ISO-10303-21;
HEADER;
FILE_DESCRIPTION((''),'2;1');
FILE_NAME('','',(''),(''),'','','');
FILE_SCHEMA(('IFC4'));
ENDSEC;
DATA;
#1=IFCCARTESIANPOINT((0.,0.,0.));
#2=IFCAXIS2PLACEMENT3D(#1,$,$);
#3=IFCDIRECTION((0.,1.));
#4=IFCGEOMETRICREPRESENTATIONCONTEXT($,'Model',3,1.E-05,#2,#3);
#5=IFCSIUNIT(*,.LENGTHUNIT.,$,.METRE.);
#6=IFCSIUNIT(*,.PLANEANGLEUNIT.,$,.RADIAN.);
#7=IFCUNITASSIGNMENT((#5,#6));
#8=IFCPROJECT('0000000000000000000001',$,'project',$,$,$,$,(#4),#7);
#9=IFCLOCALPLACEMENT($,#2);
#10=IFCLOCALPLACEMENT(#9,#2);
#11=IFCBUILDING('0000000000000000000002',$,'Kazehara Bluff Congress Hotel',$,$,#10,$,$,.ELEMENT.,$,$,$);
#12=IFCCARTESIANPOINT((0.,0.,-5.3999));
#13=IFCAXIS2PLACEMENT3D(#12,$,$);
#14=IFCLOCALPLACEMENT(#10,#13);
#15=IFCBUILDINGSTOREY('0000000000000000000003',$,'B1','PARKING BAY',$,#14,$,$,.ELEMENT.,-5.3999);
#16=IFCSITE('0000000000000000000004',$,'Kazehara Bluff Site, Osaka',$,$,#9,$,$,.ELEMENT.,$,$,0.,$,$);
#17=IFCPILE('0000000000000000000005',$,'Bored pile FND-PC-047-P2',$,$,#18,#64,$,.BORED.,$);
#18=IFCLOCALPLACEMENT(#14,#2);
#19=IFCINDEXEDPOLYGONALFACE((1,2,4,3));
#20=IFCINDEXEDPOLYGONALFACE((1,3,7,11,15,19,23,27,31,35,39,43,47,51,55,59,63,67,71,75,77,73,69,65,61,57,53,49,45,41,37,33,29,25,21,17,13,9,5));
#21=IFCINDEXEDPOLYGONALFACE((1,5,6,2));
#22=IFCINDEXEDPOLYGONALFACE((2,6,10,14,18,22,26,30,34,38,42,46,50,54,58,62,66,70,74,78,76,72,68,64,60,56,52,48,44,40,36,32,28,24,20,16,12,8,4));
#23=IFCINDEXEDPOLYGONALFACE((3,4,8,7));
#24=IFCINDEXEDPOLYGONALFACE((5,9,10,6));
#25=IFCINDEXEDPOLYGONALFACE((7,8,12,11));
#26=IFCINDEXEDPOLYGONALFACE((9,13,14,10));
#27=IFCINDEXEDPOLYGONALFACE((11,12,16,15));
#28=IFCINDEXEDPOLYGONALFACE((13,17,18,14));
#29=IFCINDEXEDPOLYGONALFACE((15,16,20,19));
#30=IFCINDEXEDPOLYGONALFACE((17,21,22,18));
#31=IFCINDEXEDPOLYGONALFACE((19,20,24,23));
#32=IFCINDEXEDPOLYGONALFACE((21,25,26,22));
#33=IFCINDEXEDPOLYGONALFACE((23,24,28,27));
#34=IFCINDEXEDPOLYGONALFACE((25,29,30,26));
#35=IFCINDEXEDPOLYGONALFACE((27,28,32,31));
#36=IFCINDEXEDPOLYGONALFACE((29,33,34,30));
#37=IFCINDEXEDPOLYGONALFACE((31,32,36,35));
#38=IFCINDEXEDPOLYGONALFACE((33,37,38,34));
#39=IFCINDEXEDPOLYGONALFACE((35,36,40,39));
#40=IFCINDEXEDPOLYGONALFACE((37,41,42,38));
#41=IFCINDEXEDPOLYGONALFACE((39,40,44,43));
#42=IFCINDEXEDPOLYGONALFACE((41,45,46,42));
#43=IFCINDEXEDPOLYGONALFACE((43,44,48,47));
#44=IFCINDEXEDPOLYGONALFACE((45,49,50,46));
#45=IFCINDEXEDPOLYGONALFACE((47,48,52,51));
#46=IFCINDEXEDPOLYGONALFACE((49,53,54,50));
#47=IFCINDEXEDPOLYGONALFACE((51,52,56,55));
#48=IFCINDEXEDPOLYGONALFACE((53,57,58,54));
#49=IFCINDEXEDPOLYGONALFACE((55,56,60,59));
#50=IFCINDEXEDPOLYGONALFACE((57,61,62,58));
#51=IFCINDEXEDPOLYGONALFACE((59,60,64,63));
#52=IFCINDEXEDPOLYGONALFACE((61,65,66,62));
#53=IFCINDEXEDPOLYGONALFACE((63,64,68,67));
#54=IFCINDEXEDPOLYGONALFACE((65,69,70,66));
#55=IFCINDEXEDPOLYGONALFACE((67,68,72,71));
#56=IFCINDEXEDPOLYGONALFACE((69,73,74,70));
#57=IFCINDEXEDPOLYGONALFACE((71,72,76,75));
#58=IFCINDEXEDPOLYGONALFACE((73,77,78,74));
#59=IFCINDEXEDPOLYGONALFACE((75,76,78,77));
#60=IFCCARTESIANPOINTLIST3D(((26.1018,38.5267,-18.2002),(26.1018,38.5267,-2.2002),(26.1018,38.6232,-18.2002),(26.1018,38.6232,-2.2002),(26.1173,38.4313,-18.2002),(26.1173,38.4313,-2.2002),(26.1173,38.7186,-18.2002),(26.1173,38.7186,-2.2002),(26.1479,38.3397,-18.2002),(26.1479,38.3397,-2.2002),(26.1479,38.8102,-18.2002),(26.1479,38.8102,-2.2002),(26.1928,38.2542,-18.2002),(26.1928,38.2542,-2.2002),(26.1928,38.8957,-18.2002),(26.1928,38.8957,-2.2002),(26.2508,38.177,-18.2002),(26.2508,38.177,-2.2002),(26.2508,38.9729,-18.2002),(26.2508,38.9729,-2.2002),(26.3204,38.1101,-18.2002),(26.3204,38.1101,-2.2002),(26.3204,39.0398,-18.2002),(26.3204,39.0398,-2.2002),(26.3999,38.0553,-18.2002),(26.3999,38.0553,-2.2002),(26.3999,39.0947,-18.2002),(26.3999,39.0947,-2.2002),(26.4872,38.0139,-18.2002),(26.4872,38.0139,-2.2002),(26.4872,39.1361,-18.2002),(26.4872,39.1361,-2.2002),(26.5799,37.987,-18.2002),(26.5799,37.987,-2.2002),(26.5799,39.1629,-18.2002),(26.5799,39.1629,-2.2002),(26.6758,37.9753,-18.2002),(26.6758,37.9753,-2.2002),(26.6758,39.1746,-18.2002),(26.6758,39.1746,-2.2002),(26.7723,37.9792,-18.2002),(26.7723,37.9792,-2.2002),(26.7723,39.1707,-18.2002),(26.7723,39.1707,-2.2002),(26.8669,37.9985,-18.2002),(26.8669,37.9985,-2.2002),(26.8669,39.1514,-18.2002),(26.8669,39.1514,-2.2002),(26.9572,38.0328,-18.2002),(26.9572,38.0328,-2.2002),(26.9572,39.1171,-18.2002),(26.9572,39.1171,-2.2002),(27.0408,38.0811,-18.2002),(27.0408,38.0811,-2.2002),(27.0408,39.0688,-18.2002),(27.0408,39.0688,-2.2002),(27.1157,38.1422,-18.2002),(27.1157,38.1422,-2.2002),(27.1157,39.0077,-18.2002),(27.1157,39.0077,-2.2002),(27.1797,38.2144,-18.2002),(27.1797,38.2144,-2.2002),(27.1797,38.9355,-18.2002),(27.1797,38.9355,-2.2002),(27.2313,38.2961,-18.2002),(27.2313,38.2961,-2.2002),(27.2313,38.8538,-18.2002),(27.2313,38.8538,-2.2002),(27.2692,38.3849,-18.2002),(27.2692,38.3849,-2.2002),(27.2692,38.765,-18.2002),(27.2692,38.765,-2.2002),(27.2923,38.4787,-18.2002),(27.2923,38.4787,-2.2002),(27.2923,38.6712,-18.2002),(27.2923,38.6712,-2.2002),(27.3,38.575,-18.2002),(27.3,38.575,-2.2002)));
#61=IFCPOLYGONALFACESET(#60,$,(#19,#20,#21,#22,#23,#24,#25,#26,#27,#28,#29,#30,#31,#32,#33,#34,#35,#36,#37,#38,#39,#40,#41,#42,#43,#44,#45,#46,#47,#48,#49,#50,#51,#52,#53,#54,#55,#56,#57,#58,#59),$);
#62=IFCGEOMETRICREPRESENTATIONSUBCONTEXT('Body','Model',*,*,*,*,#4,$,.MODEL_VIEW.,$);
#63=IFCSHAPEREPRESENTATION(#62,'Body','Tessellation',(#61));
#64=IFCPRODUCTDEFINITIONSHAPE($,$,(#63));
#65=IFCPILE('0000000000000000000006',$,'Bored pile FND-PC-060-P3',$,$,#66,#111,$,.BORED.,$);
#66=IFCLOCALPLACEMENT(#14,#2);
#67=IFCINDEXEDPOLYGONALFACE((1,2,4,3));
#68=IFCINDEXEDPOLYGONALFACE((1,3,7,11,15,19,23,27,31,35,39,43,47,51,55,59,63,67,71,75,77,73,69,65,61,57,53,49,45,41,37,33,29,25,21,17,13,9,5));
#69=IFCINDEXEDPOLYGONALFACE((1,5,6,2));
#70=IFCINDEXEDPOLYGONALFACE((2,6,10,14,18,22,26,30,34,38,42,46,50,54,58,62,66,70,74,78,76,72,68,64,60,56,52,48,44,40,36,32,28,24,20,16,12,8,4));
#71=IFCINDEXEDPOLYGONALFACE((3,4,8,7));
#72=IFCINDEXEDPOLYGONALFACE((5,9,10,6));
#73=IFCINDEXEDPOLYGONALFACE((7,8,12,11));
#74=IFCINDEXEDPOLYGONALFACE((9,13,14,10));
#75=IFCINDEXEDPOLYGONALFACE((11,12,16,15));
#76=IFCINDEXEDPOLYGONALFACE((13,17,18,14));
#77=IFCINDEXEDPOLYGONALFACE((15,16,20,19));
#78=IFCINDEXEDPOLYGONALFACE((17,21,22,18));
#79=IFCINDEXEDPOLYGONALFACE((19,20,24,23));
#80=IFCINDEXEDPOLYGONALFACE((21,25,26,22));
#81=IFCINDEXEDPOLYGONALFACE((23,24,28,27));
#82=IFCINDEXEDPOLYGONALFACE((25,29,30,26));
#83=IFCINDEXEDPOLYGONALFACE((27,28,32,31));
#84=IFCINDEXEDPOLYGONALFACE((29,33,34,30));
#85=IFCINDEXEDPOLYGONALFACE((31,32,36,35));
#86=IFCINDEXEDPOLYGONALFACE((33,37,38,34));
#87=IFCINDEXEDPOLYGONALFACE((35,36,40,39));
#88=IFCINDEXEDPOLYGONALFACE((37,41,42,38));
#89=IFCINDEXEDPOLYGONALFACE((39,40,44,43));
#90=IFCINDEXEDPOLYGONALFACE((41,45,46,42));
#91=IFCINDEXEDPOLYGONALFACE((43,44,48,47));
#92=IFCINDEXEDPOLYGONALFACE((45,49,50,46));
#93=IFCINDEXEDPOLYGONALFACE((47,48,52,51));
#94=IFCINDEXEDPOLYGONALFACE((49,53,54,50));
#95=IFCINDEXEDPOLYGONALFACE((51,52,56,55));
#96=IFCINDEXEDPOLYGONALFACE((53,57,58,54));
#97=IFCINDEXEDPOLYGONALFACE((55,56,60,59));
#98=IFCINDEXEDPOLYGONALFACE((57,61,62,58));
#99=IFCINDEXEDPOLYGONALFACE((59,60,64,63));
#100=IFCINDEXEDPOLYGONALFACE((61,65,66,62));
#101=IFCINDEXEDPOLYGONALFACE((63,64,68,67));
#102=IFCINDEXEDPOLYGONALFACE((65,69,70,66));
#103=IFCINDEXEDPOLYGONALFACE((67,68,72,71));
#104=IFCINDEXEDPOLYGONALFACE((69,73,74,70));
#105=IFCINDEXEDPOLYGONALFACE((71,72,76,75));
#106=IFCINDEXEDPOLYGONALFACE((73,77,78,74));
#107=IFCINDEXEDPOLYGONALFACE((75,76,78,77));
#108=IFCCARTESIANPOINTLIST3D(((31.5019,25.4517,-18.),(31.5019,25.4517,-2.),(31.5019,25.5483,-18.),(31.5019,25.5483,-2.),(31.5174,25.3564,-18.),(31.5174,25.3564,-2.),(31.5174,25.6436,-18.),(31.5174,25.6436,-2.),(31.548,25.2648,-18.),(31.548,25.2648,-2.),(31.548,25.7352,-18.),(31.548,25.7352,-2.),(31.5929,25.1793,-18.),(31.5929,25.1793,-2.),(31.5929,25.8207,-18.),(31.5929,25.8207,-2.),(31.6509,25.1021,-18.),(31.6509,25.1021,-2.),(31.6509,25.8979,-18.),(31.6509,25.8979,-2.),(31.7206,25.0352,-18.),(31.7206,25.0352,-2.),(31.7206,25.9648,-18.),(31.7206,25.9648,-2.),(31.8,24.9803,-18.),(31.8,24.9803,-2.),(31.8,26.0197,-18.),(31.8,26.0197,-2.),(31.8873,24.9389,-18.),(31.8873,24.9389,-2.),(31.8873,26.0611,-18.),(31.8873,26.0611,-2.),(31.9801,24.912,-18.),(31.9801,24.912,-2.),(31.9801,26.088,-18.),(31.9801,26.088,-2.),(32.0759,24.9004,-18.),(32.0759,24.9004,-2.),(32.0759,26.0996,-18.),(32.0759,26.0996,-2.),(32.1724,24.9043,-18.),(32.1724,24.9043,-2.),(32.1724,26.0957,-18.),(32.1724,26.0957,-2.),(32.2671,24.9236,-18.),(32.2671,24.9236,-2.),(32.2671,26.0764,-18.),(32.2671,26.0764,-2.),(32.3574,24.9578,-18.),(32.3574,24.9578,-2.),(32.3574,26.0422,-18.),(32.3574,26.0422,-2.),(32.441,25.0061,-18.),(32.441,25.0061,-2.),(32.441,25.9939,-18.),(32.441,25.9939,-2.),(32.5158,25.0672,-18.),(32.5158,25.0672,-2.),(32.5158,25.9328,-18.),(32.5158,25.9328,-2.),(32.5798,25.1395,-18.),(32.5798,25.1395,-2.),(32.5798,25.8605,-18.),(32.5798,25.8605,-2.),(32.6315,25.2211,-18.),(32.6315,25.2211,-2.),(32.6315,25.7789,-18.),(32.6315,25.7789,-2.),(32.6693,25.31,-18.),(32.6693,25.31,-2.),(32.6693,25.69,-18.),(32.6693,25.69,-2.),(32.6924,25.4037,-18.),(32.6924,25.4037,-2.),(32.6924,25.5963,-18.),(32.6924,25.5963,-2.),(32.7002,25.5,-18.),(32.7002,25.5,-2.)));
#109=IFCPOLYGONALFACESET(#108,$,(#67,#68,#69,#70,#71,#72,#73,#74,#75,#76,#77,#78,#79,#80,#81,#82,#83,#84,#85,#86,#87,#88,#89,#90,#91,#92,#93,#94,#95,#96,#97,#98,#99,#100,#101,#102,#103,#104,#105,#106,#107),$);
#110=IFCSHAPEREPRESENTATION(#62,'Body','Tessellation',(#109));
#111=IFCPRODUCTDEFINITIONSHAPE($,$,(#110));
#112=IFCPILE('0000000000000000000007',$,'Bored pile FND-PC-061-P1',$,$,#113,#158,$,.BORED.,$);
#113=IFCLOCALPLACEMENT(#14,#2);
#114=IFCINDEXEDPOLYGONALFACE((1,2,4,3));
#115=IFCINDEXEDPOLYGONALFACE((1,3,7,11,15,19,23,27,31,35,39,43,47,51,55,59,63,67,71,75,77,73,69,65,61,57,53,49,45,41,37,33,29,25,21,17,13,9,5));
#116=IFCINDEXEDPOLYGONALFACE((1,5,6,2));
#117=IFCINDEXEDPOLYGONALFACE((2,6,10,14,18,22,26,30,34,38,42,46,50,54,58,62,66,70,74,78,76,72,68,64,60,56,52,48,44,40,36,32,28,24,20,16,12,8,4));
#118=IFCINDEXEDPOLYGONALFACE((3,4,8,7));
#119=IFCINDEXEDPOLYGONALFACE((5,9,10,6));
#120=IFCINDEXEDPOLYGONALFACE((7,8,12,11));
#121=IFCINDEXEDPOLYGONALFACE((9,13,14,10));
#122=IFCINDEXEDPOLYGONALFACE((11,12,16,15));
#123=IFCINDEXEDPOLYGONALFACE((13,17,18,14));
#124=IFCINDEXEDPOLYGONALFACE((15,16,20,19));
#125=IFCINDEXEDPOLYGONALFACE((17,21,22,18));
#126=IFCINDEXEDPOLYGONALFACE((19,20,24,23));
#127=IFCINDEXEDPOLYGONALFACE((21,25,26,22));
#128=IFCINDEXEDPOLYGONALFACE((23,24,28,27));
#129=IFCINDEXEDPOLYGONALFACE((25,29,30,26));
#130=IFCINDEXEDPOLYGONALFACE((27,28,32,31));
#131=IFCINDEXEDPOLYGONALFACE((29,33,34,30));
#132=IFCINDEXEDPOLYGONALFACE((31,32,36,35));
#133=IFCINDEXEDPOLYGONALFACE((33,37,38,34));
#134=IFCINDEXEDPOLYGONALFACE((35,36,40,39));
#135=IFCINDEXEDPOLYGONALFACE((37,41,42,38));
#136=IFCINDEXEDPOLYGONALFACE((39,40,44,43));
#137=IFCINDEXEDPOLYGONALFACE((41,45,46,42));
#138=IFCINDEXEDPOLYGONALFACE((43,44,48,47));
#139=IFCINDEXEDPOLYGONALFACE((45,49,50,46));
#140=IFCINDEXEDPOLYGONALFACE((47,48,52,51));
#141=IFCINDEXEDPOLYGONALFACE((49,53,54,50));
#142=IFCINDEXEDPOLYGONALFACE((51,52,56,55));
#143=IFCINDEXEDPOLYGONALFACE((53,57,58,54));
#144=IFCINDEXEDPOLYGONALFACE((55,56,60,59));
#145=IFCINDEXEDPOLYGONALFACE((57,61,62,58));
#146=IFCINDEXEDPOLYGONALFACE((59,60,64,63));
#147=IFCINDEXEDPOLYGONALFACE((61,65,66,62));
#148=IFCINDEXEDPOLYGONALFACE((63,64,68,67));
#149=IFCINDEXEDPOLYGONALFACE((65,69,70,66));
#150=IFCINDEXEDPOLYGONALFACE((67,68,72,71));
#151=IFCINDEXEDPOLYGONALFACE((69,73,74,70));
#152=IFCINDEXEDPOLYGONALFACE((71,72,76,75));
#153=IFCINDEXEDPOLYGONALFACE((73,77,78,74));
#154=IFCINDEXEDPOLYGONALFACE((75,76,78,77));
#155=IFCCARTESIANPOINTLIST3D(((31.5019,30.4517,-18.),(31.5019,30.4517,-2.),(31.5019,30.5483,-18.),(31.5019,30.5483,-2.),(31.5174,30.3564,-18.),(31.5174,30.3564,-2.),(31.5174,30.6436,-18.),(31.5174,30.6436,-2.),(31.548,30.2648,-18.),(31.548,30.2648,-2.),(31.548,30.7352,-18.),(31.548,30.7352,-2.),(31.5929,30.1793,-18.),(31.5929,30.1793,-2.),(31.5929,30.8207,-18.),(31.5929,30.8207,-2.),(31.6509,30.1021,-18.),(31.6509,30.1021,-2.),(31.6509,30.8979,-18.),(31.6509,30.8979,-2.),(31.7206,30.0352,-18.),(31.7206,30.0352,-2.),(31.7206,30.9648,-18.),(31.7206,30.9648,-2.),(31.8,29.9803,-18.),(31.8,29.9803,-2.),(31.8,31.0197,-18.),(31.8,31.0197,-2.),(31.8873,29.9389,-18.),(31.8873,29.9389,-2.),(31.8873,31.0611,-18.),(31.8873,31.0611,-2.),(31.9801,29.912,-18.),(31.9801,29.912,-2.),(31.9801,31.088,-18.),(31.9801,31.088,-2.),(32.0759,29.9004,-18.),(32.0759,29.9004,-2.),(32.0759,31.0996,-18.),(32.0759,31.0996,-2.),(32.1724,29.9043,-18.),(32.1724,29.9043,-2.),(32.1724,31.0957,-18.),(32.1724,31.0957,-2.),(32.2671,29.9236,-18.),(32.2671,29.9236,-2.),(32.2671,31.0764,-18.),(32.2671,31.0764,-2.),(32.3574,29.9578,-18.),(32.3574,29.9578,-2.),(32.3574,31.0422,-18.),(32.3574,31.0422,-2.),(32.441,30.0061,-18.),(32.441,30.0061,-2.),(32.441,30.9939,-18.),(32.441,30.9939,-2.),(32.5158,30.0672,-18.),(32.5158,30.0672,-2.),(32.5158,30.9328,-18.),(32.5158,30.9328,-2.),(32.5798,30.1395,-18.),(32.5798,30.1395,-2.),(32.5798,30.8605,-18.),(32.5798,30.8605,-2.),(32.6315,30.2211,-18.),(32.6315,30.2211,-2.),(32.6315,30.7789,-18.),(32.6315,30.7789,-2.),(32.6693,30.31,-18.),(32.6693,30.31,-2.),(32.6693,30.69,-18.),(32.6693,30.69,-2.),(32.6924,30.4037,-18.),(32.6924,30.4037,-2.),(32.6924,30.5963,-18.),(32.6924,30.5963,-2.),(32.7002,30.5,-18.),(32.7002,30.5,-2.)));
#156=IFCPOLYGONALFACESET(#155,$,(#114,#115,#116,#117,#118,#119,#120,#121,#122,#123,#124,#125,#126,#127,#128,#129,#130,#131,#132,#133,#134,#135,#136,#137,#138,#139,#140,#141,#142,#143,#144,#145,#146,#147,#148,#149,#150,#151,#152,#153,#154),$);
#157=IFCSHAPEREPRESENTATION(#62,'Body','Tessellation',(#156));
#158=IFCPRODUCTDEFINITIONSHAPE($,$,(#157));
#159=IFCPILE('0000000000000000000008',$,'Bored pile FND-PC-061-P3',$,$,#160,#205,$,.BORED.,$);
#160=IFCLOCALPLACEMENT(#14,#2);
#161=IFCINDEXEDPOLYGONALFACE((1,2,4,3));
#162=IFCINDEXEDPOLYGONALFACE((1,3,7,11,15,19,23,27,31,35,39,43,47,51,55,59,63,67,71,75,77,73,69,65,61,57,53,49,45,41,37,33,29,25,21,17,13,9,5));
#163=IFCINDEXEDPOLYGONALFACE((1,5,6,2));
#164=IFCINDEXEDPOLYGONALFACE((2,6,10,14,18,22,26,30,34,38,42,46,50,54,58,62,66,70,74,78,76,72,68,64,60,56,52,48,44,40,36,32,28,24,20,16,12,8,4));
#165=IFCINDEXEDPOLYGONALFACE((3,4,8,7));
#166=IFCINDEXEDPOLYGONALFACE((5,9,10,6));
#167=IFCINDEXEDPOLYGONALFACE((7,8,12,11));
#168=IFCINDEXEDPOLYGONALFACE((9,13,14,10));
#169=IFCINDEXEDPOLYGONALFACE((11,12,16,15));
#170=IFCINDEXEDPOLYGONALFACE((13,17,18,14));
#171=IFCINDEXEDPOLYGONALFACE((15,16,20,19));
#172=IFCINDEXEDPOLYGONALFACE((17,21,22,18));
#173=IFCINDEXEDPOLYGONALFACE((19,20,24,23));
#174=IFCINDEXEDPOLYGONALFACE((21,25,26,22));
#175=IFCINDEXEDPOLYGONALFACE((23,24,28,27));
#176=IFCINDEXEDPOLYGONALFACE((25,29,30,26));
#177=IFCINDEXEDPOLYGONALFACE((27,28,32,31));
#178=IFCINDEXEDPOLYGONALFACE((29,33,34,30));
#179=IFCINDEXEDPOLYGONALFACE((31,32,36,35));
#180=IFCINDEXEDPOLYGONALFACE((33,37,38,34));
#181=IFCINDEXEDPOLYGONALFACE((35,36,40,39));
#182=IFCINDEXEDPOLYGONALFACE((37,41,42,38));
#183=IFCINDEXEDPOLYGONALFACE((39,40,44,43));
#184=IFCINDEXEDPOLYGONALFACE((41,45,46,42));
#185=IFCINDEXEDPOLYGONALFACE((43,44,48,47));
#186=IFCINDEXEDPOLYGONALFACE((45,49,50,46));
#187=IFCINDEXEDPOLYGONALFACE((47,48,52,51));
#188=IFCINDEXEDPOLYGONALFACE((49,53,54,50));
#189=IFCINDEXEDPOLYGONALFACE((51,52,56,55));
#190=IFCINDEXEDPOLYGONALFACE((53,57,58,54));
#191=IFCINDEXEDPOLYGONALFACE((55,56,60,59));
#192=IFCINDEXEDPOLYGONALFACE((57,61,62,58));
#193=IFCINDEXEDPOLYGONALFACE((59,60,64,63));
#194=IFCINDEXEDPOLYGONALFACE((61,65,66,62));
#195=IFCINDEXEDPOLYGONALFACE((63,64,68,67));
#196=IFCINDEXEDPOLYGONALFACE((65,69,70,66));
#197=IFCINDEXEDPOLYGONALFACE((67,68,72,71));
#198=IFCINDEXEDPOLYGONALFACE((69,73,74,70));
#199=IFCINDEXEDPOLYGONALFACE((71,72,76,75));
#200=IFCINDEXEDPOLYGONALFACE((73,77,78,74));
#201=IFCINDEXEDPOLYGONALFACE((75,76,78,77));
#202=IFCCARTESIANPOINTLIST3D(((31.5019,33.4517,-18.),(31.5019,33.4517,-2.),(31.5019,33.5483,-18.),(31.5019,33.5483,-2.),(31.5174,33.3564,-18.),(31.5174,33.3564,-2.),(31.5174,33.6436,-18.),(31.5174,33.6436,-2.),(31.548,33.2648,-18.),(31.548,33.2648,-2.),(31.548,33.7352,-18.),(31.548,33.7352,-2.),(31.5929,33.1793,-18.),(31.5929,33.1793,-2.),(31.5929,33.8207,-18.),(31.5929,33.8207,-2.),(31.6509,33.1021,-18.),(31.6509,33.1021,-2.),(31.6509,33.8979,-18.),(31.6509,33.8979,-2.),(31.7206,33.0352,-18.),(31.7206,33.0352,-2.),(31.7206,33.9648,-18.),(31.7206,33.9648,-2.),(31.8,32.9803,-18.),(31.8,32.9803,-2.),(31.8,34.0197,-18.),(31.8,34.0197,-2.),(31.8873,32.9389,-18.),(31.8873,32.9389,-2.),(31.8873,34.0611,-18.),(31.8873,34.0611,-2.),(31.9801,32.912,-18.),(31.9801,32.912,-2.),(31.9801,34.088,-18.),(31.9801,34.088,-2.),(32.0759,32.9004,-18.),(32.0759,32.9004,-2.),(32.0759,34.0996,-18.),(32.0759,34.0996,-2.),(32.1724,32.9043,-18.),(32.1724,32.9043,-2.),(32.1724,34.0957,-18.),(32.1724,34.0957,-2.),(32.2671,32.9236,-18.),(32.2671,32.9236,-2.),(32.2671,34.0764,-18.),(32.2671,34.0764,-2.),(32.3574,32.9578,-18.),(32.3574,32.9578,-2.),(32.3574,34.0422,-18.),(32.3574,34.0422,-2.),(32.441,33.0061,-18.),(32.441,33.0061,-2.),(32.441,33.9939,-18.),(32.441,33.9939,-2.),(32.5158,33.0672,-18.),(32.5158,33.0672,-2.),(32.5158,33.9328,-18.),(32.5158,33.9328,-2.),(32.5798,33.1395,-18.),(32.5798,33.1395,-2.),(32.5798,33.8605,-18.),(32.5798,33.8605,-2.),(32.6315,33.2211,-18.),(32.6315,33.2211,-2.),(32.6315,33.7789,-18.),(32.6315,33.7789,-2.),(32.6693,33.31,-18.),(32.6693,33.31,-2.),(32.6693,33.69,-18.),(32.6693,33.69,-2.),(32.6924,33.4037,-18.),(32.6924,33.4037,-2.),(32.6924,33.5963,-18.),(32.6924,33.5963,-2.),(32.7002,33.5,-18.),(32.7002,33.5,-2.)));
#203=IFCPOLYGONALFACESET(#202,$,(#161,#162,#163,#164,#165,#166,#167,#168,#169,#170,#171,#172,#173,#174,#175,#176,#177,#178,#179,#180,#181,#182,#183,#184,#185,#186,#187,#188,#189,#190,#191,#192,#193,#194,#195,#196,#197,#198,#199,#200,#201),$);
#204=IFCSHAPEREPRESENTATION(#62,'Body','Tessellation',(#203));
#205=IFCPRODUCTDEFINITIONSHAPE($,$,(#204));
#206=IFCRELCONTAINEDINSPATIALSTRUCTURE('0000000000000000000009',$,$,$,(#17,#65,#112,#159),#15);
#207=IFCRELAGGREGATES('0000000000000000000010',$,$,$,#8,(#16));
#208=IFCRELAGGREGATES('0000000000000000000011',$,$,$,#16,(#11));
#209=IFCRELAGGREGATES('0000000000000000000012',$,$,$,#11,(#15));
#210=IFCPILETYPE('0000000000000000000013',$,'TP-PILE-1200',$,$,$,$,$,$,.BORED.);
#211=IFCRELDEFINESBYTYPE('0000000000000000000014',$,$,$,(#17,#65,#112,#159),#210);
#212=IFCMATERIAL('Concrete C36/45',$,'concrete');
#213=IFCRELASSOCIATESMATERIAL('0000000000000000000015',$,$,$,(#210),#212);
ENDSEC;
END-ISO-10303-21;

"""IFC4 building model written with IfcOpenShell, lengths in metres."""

from ifc_helpers import new_model, si_unit, direction, frame, origin, origin_2d, place, context, subcontext, project, spatial, circle, extrude, material, material_profile, profile_set, type_object, element, save


model = new_model("IFC4")

# Units and contexts
model_context = context("Model", 3, precision=1e-05, world=origin(), true_north=direction((0.0, 1.0)))
body_context = subcontext(model_context, "Body", "Model", "MODEL_VIEW")
ifc_project = project(units=[si_unit("LENGTHUNIT", "METRE"), si_unit("PLANEANGLEUNIT", "RADIAN")], contexts=[model_context])

# Site, building, storey
site_placement = place(None, origin())
site = spatial("IfcSite", under=ifc_project, at=site_placement, Name="Kazehara Bluff Site, Osaka", CompositionType="ELEMENT", RefElevation=0.0)
building_placement = place(site_placement, origin())
building = spatial("IfcBuilding", under=site, at=building_placement, Name="Kazehara Bluff Congress Hotel", CompositionType="ELEMENT")
storey_placement = place(building_placement, frame((0.0, 0.0, -5.3999)))
storey = spatial("IfcBuildingStorey", under=building, at=storey_placement, Name="B1", Description="PARKING BAY", CompositionType="ELEMENT", Elevation=-5.3999)

# Piles
ifc_material_1 = material(Name="Concrete C36/45", Category="concrete")
ifc_material_profile_1 = material_profile(ifc_material_1, circle(Radius=0.6001, at=origin_2d()))
ifc_profile_set_1 = profile_set([ifc_material_profile_1], Name="Concrete C36/45")
pile_type = type_object("IfcPileType", Name="TP-PILE-1200", PredefinedType="BORED", material=ifc_profile_set_1)
for number, where, z_axis, x_axis, name in (
    (1, (26.7, 38.575, -2.2002), (0.0, 0.0, -1.0), (1.0, 0.0, 0.0), "Bored pile FND-PC-047-P2"),
    (2, (32.1001, 25.5, -2.0), (0.0, 0.0, -1.0), (1.0, 0.0, 0.0), "Bored pile FND-PC-060-P3"),
    (3, (32.1001, 30.5, -2.0), (0.0, 0.0, -1.0), (1.0, 0.0, 0.0), "Bored pile FND-PC-061-P1"),
    (4, (32.1001, 33.5, -2.0), (0.0, 0.0, -1.0), (1.0, 0.0, 0.0), "Bored pile FND-PC-061-P3"),
):
    element("IfcPile", number, at=place(storey_placement, frame(where, z_axis=z_axis, x_axis=x_axis)), inside=storey, type_object=pile_type, Name=name, PredefinedType="BORED", context=body_context, shape_type="SweptSolid", body=[
        extrude(circle(Radius=0.6001, at=origin_2d()), origin(), (0.0, 0.0, 1.0), 16.0),
    ])

save(model, "model.ifc")
